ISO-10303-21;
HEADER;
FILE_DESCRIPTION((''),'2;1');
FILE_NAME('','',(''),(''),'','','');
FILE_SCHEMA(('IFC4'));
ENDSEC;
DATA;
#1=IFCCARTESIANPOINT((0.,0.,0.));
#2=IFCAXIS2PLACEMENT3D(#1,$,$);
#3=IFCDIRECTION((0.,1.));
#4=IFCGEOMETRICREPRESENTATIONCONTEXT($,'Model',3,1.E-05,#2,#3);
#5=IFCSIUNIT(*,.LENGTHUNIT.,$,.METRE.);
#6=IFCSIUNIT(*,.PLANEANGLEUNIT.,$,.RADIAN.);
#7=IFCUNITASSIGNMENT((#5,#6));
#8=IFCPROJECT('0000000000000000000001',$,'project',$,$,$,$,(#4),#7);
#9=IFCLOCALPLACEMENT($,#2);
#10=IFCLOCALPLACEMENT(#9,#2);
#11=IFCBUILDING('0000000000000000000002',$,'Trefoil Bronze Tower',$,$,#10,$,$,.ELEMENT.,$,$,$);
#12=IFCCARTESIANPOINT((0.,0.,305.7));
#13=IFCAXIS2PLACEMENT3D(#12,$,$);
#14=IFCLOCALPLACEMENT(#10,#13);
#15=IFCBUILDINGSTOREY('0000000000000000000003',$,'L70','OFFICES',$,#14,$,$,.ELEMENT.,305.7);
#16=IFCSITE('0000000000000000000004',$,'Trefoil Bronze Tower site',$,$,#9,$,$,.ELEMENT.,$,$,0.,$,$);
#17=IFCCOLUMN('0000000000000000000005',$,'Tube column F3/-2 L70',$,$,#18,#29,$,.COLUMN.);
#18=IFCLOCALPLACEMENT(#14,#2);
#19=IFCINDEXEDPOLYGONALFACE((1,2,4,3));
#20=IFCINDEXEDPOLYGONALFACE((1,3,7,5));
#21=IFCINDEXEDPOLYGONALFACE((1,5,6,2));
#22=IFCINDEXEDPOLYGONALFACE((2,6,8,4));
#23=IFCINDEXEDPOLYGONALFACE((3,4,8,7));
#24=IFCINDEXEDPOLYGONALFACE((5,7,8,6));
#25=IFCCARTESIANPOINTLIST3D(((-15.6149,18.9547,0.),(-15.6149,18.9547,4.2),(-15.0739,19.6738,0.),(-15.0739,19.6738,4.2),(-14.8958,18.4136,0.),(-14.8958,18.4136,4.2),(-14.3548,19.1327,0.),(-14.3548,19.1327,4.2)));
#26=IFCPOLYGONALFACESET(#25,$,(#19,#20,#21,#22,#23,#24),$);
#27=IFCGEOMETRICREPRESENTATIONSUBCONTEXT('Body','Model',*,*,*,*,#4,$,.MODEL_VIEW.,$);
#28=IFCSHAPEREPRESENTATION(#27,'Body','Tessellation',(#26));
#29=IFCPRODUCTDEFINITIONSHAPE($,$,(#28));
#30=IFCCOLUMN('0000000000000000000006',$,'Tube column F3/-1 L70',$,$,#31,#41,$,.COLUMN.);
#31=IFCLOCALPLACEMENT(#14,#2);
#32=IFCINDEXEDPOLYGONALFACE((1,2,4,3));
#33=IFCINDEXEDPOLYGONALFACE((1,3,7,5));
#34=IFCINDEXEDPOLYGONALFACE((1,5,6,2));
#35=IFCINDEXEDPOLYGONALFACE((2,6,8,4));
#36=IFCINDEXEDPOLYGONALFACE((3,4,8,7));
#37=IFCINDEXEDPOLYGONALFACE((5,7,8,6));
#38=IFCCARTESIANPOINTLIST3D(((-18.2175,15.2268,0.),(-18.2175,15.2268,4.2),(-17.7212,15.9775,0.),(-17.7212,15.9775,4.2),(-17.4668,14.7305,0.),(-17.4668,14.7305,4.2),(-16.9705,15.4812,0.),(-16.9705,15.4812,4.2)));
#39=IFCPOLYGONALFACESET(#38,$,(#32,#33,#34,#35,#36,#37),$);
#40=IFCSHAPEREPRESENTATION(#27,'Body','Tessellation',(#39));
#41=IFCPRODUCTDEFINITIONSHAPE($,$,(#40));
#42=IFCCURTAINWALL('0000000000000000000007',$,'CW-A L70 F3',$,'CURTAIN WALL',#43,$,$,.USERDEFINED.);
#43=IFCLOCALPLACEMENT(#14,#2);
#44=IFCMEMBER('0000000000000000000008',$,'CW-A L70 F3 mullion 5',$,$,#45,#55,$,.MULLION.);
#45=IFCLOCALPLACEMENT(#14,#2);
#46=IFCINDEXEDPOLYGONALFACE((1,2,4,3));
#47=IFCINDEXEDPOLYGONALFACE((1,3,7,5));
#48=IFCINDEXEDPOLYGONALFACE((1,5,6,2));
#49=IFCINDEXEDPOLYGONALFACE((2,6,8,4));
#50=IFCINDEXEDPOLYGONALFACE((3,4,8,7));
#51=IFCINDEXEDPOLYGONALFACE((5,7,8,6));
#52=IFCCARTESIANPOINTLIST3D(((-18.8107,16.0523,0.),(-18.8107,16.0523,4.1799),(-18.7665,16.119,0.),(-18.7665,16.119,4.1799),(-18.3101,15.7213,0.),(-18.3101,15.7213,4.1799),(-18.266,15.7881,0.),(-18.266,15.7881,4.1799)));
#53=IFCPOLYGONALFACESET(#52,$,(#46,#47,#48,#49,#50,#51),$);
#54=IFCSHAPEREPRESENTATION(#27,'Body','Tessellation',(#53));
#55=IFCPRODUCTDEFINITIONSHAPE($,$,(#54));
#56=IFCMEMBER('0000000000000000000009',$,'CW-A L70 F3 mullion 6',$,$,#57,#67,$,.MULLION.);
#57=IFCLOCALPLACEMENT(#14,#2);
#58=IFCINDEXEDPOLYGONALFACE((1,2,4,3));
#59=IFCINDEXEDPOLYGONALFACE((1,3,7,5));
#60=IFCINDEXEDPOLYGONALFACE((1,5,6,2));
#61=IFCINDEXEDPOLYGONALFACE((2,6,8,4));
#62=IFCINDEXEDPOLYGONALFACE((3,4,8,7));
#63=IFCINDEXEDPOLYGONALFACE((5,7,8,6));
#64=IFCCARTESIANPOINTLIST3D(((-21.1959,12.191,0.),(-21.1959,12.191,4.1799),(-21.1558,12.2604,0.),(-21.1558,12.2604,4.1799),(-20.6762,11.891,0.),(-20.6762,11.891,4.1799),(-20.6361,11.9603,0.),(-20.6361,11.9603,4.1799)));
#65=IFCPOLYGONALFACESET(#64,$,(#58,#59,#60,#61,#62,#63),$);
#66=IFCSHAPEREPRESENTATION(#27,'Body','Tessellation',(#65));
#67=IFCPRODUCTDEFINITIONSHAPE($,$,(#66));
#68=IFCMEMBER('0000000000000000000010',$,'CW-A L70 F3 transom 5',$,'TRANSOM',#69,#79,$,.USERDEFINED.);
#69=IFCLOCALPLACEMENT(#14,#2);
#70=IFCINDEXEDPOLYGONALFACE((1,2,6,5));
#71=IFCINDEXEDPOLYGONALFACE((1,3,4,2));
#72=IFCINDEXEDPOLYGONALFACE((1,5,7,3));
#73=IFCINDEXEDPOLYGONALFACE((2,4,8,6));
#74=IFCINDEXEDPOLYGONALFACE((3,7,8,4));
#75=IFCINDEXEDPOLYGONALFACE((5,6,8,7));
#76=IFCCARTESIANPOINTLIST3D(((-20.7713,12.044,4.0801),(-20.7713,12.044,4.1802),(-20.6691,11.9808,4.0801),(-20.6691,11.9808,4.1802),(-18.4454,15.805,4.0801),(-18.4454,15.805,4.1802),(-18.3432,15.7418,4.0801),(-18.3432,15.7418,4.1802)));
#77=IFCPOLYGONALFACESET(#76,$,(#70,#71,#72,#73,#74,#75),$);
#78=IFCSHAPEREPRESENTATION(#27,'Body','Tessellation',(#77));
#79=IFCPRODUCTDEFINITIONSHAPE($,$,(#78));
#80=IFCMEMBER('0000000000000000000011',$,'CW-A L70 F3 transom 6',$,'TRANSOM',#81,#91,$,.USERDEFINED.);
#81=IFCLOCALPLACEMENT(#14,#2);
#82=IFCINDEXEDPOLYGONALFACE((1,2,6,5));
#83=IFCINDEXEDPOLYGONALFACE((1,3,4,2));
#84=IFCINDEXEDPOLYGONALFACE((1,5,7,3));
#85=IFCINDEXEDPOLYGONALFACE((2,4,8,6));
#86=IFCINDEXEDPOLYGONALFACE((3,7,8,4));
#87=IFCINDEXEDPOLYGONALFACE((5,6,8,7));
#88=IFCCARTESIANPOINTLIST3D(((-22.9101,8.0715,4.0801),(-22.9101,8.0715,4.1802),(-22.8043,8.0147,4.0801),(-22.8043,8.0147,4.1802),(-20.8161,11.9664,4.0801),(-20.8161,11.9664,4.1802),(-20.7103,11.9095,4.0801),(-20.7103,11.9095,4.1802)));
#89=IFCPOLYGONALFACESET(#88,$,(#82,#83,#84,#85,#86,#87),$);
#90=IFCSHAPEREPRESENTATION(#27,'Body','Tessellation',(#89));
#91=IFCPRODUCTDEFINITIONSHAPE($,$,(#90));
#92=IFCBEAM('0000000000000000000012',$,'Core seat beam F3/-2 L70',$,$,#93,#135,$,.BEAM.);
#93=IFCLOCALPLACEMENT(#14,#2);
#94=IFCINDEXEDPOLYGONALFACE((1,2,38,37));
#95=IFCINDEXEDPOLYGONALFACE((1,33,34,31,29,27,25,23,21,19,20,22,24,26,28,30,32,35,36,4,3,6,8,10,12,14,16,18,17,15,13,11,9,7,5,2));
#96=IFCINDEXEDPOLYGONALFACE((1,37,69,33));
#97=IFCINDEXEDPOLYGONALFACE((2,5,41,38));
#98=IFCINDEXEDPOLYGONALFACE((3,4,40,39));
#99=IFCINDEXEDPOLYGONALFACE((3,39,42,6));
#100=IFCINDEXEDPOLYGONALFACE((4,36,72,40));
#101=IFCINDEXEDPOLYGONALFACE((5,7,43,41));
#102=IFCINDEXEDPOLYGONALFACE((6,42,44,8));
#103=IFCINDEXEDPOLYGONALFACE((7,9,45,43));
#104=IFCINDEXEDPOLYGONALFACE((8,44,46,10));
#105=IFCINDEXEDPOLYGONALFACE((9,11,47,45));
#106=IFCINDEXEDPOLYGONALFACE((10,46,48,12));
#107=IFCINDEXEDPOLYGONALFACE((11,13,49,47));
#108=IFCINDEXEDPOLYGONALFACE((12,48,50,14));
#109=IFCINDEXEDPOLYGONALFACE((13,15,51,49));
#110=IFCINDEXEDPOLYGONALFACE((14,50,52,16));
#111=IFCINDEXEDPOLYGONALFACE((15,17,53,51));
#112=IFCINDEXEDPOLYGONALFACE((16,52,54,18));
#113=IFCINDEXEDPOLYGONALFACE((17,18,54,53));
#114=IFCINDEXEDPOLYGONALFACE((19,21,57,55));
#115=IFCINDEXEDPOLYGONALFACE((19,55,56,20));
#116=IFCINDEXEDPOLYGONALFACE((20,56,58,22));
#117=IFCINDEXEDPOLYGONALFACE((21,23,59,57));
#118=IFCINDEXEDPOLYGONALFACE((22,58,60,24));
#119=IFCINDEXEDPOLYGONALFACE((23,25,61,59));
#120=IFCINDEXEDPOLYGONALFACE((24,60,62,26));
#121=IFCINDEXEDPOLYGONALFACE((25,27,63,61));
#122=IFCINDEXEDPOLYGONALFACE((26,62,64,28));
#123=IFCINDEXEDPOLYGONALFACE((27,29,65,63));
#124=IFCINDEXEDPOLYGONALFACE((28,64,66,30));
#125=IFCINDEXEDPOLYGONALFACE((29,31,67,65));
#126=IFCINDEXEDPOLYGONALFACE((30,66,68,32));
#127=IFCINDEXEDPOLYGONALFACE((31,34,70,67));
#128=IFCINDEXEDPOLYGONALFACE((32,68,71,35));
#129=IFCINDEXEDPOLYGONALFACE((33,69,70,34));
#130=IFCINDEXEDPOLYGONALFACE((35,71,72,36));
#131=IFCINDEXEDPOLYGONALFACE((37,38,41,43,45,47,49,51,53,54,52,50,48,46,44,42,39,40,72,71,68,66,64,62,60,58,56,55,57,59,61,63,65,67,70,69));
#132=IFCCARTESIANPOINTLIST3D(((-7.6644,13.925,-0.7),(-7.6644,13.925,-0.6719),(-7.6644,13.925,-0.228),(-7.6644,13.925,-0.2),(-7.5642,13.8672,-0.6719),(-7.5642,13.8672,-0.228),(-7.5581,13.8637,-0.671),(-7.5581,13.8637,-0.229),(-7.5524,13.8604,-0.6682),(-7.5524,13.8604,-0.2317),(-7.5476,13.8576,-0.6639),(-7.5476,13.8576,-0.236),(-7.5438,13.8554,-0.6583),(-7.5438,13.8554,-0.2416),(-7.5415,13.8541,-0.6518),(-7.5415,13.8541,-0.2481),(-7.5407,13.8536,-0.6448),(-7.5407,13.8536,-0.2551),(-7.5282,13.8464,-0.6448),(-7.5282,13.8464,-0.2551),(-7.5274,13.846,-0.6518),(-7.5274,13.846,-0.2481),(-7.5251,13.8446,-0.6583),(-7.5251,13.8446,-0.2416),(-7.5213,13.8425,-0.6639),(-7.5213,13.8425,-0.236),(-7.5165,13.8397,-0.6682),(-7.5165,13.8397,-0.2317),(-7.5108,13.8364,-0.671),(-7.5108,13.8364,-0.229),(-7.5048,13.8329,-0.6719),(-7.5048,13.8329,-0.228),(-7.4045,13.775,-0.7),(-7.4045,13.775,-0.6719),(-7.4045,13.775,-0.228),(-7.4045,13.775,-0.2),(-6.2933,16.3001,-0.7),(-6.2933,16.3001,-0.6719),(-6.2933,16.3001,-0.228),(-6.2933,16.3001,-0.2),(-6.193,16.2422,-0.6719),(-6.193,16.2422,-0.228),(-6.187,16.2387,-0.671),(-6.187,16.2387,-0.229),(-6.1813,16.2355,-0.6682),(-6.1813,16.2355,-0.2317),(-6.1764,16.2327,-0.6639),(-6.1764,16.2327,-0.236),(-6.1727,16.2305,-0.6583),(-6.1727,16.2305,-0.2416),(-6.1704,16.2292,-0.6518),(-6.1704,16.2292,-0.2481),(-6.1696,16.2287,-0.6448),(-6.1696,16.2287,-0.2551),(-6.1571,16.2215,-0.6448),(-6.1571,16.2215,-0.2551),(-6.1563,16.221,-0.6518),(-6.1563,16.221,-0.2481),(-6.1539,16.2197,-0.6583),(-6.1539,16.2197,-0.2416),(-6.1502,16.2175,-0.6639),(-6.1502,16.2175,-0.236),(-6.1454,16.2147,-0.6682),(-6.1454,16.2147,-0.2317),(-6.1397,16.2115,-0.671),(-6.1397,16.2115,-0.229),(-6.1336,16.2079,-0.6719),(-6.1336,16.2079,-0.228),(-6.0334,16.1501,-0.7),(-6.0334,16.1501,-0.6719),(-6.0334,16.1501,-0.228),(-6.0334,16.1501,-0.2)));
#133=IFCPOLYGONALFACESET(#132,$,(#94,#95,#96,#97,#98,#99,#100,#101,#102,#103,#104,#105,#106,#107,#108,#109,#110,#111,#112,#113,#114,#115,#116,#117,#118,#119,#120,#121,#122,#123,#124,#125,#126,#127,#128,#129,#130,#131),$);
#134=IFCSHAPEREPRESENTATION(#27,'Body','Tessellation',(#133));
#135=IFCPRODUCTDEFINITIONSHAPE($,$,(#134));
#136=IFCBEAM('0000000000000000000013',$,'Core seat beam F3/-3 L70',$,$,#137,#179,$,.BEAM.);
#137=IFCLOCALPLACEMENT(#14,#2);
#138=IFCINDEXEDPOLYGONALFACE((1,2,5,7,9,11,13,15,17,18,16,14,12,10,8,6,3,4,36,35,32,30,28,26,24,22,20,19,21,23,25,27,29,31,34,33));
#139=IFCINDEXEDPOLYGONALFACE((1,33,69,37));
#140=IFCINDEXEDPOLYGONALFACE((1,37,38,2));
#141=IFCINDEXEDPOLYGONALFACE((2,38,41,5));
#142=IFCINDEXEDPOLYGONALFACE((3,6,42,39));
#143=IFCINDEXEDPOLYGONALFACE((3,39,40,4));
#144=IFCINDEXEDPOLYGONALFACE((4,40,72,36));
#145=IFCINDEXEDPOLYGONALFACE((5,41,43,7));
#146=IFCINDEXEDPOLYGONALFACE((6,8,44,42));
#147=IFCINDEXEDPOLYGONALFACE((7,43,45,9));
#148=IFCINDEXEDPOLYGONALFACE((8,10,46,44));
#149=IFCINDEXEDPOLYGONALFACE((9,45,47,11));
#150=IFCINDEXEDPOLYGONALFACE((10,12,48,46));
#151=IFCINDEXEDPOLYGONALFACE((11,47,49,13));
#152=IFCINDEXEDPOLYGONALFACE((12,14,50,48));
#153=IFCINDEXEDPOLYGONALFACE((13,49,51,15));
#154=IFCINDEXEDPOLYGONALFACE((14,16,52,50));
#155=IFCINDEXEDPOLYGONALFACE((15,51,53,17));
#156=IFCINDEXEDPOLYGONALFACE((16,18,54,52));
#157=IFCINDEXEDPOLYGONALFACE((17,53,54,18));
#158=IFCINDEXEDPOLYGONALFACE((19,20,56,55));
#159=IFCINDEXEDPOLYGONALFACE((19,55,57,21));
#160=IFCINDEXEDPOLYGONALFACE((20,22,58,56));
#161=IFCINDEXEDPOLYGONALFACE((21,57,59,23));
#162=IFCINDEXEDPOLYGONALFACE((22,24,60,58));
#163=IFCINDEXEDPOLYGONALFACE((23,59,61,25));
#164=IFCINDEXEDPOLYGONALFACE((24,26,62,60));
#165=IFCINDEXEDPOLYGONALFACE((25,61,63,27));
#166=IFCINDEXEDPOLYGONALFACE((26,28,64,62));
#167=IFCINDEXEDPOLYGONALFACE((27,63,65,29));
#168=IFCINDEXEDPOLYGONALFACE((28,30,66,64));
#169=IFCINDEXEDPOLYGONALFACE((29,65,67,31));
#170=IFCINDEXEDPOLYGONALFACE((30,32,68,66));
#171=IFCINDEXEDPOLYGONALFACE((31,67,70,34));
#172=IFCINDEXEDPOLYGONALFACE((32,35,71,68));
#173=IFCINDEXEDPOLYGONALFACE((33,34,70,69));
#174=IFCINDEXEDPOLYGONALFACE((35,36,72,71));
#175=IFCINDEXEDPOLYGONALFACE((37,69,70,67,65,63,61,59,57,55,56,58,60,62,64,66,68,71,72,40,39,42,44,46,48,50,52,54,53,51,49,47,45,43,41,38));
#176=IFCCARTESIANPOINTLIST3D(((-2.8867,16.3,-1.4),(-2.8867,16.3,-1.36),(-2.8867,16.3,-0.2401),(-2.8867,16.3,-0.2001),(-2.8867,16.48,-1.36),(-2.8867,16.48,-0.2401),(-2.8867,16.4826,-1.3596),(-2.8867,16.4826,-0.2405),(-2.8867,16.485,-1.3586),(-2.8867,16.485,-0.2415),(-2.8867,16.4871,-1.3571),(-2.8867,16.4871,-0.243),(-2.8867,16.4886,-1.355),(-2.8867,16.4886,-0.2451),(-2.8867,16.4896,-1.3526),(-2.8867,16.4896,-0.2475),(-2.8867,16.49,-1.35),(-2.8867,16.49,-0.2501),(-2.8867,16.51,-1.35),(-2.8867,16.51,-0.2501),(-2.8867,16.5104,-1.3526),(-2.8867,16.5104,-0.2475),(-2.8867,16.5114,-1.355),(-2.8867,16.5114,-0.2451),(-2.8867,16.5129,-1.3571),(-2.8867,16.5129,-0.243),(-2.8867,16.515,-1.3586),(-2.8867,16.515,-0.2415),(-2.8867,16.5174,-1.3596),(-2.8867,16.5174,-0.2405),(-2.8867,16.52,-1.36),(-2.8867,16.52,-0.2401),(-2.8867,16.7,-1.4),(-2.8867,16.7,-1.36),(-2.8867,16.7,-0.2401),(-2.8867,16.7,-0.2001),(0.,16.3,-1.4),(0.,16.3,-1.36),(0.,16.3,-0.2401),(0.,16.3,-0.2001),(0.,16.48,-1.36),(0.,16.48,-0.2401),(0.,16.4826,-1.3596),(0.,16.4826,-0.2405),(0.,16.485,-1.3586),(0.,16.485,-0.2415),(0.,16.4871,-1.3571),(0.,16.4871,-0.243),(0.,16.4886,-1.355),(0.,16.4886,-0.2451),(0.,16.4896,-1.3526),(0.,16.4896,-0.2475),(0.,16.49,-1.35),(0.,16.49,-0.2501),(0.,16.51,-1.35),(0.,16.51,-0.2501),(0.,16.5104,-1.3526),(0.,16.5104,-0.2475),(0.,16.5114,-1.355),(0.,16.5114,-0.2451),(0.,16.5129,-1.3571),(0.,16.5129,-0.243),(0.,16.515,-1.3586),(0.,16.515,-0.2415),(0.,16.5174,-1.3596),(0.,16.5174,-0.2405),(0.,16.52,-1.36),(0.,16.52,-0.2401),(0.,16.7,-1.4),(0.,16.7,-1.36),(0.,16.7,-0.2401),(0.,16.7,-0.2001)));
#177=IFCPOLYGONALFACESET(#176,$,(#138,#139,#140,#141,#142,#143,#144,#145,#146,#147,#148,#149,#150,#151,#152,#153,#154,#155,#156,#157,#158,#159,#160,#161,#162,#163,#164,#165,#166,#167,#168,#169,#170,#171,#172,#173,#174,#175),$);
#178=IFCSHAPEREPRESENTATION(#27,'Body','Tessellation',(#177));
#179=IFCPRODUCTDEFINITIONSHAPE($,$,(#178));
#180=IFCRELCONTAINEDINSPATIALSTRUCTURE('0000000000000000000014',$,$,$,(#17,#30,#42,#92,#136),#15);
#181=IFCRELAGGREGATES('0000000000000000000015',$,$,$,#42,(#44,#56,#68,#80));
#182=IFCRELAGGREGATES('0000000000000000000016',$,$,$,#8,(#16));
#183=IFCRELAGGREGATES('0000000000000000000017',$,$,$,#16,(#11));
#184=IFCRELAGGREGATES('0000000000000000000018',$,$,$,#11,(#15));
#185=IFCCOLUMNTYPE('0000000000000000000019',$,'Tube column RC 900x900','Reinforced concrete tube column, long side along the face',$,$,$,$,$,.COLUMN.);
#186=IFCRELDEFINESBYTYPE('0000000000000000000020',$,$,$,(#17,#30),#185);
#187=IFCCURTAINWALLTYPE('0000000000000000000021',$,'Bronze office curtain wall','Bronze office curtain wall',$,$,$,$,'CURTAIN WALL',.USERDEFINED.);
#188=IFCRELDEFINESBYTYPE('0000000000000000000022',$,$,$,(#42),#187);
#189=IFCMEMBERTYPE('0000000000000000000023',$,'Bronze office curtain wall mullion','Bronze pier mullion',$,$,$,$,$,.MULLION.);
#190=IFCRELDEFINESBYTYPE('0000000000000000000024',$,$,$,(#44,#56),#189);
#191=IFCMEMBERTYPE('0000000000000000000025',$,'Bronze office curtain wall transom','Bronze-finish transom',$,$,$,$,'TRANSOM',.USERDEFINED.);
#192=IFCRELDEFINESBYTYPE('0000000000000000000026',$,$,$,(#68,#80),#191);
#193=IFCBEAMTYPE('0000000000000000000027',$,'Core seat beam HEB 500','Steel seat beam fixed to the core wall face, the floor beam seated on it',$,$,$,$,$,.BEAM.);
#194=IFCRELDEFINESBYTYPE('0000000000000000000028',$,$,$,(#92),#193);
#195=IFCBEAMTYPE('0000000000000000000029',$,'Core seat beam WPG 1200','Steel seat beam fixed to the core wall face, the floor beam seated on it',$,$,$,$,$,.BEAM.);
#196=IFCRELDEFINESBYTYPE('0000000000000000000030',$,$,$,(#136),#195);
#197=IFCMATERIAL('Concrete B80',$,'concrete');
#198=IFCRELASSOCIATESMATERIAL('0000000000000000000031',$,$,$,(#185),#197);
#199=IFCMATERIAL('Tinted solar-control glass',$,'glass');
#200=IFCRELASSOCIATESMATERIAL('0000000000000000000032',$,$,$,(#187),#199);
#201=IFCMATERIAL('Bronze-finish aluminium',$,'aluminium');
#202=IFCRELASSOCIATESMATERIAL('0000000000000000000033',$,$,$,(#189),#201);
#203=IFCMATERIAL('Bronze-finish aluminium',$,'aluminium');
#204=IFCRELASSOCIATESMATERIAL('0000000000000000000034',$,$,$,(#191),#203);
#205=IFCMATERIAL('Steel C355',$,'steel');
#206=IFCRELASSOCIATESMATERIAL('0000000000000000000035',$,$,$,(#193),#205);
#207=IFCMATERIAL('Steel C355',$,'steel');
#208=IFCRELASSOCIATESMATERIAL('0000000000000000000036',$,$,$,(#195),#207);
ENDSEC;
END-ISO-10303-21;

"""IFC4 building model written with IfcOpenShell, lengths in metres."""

from ifc_helpers import new_model, si_unit, direction, frame, origin, origin_2d, place, context, subcontext, project, spatial, rectangle, i_section, extrude, material, material_profile, profile_set, type_object, element, aggregate, save


model = new_model("IFC4")

# Units and contexts
model_context = context("Model", 3, precision=1e-05, world=origin(), true_north=direction((0.0, 1.0)))
body_context = subcontext(model_context, "Body", "Model", "MODEL_VIEW")
ifc_project = project(units=[si_unit("LENGTHUNIT", "METRE"), si_unit("PLANEANGLEUNIT", "RADIAN")], contexts=[model_context])

# Site, building, storey
site_placement = place(None, origin())
site = spatial("IfcSite", under=ifc_project, at=site_placement, Name="Trefoil Bronze Tower site", CompositionType="ELEMENT", RefElevation=0.0)
building_placement = place(site_placement, origin())
building = spatial("IfcBuilding", under=site, at=building_placement, Name="Trefoil Bronze Tower", CompositionType="ELEMENT")
storey_placement = place(building_placement, frame((0.0, 0.0, 305.7)))
storey = spatial("IfcBuildingStorey", under=building, at=storey_placement, Name="L70", Description="OFFICES", CompositionType="ELEMENT", Elevation=305.7)

# Columns
ifc_material_1 = material(Name="Concrete B80", Category="concrete")
ifc_material_profile_1 = material_profile(ifc_material_1, rectangle(XDim=0.8999, YDim=0.8999, at=origin_2d()), Name="RC 900x900")
ifc_profile_set_1 = profile_set([ifc_material_profile_1], Name="Concrete B80")
column_type = type_object("IfcColumnType", Name="Tube column RC 900x900", Description="Reinforced concrete tube column, long side along the face", PredefinedType="COLUMN", material=ifc_profile_set_1)
for number, where, z_axis, x_axis, name in (
    (1, (-14.9849, 19.0437, 0.0), (0.0, 0.0, 1.0), (-0.601203, -0.799096, 0.0), "Tube column F3/-2 L70"),
    (2, (-17.594, 15.354, 0.0), (0.0, 0.0, 1.0), (-0.551524, -0.834159, 0.0), "Tube column F3/-1 L70"),
):
    element("IfcColumn", number, at=place(storey_placement, frame(where, z_axis=z_axis, x_axis=x_axis)), inside=storey, type_object=column_type, Name=name, PredefinedType="COLUMN", context=body_context, shape_type="SweptSolid", body=[
        extrude(rectangle(XDim=0.8999, YDim=0.8999, at=origin_2d()), origin(), (0.0, 0.0, 1.0), 4.2),
    ])

# Curtain wall, members
ifc_material_2 = material(Name="Tinted solar-control glass", Category="glass")
curtain_wall_type = type_object("IfcCurtainWallType", Name="Bronze office curtain wall", Description="Bronze office curtain wall", ElementType="CURTAIN WALL", PredefinedType="USERDEFINED", material=ifc_material_2)
curtain_wall_placement = place(storey_placement, origin())
curtain_wall = element("IfcCurtainWall", 3, at=curtain_wall_placement, inside=storey, type_object=curtain_wall_type, Name="CW-A L70 F3", ObjectType="CURTAIN WALL", PredefinedType="USERDEFINED")
ifc_material_3 = material(Name="Bronze-finish aluminium", Category="aluminium")
ifc_material_profile_2 = material_profile(ifc_material_3, rectangle(XDim=0.6001, YDim=0.0801, at=origin_2d()), Name="CW-A mullion")
ifc_profile_set_2 = profile_set([ifc_material_profile_2], Name="Bronze-finish aluminium")
member_type_1 = type_object("IfcMemberType", Name="Bronze office curtain wall mullion", Description="Bronze pier mullion", PredefinedType="MULLION", material=ifc_profile_set_2)
member_1_placement = place(storey_placement, frame((-18.5383, 15.9202, 0.0), z_axis=(0.0, 0.0, 1.0), x_axis=(0.834159, -0.551524, 0.0)))
member_1 = element("IfcMember", 4, at=member_1_placement, type_object=member_type_1, Name="CW-A L70 F3 mullion 5", PredefinedType="MULLION", context=body_context, shape_type="SweptSolid", body=[
    extrude(rectangle(XDim=0.6001, YDim=0.0801, at=origin_2d()), origin(), (0.0, 0.0, 1.0), 4.1799),
])
member_2_placement = place(storey_placement, frame((-20.916, 12.0757, 0.0), z_axis=(0.0, 0.0, 1.0), x_axis=(0.866025, -0.5, 0.0)))
member_2 = element("IfcMember", 5, at=member_2_placement, type_object=member_type_1, Name="CW-A L70 F3 mullion 6", PredefinedType="MULLION", context=body_context, shape_type="SweptSolid", body=[
    extrude(rectangle(XDim=0.6001, YDim=0.0801, at=origin_2d()), origin(), (0.0, 0.0, 1.0), 4.1799),
])
ifc_material_4 = material(Name="Bronze-finish aluminium", Category="aluminium")
ifc_material_profile_3 = material_profile(ifc_material_4, rectangle(XDim=0.1201, YDim=0.1001, at=origin_2d()), Name="CW-A transom")
ifc_profile_set_3 = profile_set([ifc_material_profile_3], Name="Bronze-finish aluminium")
member_type_2 = type_object("IfcMemberType", Name="Bronze office curtain wall transom", Description="Bronze-finish transom", ElementType="TRANSOM", PredefinedType="USERDEFINED", material=ifc_profile_set_3)
member_3_placement = place(storey_placement, frame((-18.3943, 15.7734, 4.1301), z_axis=(-0.525978, -0.850498, 0.0), x_axis=(0.850498, -0.525978, 0.0)))
member_3 = element("IfcMember", 6, at=member_3_placement, type_object=member_type_2, Name="CW-A L70 F3 transom 5", ObjectType="TRANSOM", PredefinedType="USERDEFINED", context=body_context, shape_type="SweptSolid", body=[
    extrude(rectangle(XDim=0.1201, YDim=0.1001, at=origin_2d()), origin(), (0.0, 0.0, 1.0), 4.4221),
])
member_4_placement = place(storey_placement, frame((-20.7632, 11.938, 4.1301), z_axis=(-0.47354, -0.880772, 0.0), x_axis=(0.880772, -0.47354, 0.0)))
member_4 = element("IfcMember", 7, at=member_4_placement, type_object=member_type_2, Name="CW-A L70 F3 transom 6", ObjectType="TRANSOM", PredefinedType="USERDEFINED", context=body_context, shape_type="SweptSolid", body=[
    extrude(rectangle(XDim=0.1201, YDim=0.1001, at=origin_2d()), origin(), (0.0, 0.0, 1.0), 4.4221),
])

# Beams
ifc_material_5 = material(Name="Steel C355", Category="steel")
ifc_material_profile_4 = material_profile(ifc_material_5, i_section(OverallWidth=0.3, OverallDepth=0.5, WebThickness=0.0144, FlangeThickness=0.0281, FilletRadius=0.0271, at=origin_2d()), Name="HEB 500")
ifc_profile_set_4 = profile_set([ifc_material_profile_4], Name="Steel C355")
beam_type_1 = type_object("IfcBeamType", Name="Core seat beam HEB 500", Description="Steel seat beam fixed to the core wall face, the floor beam seated on it", PredefinedType="BEAM", material=ifc_profile_set_4)
beam_1_placement = place(storey_placement, frame((-6.1633, 16.2251, -0.45), z_axis=(-0.499969, -0.866043, 0.0), x_axis=(0.866043, -0.499969, 0.0)))
element("IfcBeam", 8, at=beam_1_placement, inside=storey, type_object=beam_type_1, Name="Core seat beam F3/-2 L70", PredefinedType="BEAM", context=body_context, shape_type="SweptSolid", body=[
    extrude(i_section(OverallWidth=0.3, OverallDepth=0.5, WebThickness=0.0144, FlangeThickness=0.0281, FilletRadius=0.0271, at=origin_2d()), origin(), (0.0, 0.0, 1.0), 2.7424),
])
ifc_material_6 = material(Name="Steel C355", Category="steel")
ifc_material_profile_5 = material_profile(ifc_material_6, i_section(OverallWidth=0.3999, OverallDepth=1.2, WebThickness=0.02, FlangeThickness=0.04, FilletRadius=0.01, at=origin_2d()), Name="WPG 1200")
ifc_profile_set_5 = profile_set([ifc_material_profile_5], Name="Steel C355")
beam_type_2 = type_object("IfcBeamType", Name="Core seat beam WPG 1200", Description="Steel seat beam fixed to the core wall face, the floor beam seated on it", PredefinedType="BEAM", material=ifc_profile_set_5)
beam_2_placement = place(storey_placement, frame((0.0, 16.5, -0.8), z_axis=(-1.0, 0.0, 0.0), x_axis=(0.0, -1.0, 0.0)))
element("IfcBeam", 9, at=beam_2_placement, inside=storey, type_object=beam_type_2, Name="Core seat beam F3/-3 L70", PredefinedType="BEAM", context=body_context, shape_type="SweptSolid", body=[
    extrude(i_section(OverallWidth=0.3999, OverallDepth=1.2, WebThickness=0.02, FlangeThickness=0.04, FilletRadius=0.01, at=origin_2d()), origin(), (0.0, 0.0, 1.0), 2.8867),
])

aggregate(curtain_wall, [member_1, member_2, member_3, member_4])

save(model, "model.ifc")
